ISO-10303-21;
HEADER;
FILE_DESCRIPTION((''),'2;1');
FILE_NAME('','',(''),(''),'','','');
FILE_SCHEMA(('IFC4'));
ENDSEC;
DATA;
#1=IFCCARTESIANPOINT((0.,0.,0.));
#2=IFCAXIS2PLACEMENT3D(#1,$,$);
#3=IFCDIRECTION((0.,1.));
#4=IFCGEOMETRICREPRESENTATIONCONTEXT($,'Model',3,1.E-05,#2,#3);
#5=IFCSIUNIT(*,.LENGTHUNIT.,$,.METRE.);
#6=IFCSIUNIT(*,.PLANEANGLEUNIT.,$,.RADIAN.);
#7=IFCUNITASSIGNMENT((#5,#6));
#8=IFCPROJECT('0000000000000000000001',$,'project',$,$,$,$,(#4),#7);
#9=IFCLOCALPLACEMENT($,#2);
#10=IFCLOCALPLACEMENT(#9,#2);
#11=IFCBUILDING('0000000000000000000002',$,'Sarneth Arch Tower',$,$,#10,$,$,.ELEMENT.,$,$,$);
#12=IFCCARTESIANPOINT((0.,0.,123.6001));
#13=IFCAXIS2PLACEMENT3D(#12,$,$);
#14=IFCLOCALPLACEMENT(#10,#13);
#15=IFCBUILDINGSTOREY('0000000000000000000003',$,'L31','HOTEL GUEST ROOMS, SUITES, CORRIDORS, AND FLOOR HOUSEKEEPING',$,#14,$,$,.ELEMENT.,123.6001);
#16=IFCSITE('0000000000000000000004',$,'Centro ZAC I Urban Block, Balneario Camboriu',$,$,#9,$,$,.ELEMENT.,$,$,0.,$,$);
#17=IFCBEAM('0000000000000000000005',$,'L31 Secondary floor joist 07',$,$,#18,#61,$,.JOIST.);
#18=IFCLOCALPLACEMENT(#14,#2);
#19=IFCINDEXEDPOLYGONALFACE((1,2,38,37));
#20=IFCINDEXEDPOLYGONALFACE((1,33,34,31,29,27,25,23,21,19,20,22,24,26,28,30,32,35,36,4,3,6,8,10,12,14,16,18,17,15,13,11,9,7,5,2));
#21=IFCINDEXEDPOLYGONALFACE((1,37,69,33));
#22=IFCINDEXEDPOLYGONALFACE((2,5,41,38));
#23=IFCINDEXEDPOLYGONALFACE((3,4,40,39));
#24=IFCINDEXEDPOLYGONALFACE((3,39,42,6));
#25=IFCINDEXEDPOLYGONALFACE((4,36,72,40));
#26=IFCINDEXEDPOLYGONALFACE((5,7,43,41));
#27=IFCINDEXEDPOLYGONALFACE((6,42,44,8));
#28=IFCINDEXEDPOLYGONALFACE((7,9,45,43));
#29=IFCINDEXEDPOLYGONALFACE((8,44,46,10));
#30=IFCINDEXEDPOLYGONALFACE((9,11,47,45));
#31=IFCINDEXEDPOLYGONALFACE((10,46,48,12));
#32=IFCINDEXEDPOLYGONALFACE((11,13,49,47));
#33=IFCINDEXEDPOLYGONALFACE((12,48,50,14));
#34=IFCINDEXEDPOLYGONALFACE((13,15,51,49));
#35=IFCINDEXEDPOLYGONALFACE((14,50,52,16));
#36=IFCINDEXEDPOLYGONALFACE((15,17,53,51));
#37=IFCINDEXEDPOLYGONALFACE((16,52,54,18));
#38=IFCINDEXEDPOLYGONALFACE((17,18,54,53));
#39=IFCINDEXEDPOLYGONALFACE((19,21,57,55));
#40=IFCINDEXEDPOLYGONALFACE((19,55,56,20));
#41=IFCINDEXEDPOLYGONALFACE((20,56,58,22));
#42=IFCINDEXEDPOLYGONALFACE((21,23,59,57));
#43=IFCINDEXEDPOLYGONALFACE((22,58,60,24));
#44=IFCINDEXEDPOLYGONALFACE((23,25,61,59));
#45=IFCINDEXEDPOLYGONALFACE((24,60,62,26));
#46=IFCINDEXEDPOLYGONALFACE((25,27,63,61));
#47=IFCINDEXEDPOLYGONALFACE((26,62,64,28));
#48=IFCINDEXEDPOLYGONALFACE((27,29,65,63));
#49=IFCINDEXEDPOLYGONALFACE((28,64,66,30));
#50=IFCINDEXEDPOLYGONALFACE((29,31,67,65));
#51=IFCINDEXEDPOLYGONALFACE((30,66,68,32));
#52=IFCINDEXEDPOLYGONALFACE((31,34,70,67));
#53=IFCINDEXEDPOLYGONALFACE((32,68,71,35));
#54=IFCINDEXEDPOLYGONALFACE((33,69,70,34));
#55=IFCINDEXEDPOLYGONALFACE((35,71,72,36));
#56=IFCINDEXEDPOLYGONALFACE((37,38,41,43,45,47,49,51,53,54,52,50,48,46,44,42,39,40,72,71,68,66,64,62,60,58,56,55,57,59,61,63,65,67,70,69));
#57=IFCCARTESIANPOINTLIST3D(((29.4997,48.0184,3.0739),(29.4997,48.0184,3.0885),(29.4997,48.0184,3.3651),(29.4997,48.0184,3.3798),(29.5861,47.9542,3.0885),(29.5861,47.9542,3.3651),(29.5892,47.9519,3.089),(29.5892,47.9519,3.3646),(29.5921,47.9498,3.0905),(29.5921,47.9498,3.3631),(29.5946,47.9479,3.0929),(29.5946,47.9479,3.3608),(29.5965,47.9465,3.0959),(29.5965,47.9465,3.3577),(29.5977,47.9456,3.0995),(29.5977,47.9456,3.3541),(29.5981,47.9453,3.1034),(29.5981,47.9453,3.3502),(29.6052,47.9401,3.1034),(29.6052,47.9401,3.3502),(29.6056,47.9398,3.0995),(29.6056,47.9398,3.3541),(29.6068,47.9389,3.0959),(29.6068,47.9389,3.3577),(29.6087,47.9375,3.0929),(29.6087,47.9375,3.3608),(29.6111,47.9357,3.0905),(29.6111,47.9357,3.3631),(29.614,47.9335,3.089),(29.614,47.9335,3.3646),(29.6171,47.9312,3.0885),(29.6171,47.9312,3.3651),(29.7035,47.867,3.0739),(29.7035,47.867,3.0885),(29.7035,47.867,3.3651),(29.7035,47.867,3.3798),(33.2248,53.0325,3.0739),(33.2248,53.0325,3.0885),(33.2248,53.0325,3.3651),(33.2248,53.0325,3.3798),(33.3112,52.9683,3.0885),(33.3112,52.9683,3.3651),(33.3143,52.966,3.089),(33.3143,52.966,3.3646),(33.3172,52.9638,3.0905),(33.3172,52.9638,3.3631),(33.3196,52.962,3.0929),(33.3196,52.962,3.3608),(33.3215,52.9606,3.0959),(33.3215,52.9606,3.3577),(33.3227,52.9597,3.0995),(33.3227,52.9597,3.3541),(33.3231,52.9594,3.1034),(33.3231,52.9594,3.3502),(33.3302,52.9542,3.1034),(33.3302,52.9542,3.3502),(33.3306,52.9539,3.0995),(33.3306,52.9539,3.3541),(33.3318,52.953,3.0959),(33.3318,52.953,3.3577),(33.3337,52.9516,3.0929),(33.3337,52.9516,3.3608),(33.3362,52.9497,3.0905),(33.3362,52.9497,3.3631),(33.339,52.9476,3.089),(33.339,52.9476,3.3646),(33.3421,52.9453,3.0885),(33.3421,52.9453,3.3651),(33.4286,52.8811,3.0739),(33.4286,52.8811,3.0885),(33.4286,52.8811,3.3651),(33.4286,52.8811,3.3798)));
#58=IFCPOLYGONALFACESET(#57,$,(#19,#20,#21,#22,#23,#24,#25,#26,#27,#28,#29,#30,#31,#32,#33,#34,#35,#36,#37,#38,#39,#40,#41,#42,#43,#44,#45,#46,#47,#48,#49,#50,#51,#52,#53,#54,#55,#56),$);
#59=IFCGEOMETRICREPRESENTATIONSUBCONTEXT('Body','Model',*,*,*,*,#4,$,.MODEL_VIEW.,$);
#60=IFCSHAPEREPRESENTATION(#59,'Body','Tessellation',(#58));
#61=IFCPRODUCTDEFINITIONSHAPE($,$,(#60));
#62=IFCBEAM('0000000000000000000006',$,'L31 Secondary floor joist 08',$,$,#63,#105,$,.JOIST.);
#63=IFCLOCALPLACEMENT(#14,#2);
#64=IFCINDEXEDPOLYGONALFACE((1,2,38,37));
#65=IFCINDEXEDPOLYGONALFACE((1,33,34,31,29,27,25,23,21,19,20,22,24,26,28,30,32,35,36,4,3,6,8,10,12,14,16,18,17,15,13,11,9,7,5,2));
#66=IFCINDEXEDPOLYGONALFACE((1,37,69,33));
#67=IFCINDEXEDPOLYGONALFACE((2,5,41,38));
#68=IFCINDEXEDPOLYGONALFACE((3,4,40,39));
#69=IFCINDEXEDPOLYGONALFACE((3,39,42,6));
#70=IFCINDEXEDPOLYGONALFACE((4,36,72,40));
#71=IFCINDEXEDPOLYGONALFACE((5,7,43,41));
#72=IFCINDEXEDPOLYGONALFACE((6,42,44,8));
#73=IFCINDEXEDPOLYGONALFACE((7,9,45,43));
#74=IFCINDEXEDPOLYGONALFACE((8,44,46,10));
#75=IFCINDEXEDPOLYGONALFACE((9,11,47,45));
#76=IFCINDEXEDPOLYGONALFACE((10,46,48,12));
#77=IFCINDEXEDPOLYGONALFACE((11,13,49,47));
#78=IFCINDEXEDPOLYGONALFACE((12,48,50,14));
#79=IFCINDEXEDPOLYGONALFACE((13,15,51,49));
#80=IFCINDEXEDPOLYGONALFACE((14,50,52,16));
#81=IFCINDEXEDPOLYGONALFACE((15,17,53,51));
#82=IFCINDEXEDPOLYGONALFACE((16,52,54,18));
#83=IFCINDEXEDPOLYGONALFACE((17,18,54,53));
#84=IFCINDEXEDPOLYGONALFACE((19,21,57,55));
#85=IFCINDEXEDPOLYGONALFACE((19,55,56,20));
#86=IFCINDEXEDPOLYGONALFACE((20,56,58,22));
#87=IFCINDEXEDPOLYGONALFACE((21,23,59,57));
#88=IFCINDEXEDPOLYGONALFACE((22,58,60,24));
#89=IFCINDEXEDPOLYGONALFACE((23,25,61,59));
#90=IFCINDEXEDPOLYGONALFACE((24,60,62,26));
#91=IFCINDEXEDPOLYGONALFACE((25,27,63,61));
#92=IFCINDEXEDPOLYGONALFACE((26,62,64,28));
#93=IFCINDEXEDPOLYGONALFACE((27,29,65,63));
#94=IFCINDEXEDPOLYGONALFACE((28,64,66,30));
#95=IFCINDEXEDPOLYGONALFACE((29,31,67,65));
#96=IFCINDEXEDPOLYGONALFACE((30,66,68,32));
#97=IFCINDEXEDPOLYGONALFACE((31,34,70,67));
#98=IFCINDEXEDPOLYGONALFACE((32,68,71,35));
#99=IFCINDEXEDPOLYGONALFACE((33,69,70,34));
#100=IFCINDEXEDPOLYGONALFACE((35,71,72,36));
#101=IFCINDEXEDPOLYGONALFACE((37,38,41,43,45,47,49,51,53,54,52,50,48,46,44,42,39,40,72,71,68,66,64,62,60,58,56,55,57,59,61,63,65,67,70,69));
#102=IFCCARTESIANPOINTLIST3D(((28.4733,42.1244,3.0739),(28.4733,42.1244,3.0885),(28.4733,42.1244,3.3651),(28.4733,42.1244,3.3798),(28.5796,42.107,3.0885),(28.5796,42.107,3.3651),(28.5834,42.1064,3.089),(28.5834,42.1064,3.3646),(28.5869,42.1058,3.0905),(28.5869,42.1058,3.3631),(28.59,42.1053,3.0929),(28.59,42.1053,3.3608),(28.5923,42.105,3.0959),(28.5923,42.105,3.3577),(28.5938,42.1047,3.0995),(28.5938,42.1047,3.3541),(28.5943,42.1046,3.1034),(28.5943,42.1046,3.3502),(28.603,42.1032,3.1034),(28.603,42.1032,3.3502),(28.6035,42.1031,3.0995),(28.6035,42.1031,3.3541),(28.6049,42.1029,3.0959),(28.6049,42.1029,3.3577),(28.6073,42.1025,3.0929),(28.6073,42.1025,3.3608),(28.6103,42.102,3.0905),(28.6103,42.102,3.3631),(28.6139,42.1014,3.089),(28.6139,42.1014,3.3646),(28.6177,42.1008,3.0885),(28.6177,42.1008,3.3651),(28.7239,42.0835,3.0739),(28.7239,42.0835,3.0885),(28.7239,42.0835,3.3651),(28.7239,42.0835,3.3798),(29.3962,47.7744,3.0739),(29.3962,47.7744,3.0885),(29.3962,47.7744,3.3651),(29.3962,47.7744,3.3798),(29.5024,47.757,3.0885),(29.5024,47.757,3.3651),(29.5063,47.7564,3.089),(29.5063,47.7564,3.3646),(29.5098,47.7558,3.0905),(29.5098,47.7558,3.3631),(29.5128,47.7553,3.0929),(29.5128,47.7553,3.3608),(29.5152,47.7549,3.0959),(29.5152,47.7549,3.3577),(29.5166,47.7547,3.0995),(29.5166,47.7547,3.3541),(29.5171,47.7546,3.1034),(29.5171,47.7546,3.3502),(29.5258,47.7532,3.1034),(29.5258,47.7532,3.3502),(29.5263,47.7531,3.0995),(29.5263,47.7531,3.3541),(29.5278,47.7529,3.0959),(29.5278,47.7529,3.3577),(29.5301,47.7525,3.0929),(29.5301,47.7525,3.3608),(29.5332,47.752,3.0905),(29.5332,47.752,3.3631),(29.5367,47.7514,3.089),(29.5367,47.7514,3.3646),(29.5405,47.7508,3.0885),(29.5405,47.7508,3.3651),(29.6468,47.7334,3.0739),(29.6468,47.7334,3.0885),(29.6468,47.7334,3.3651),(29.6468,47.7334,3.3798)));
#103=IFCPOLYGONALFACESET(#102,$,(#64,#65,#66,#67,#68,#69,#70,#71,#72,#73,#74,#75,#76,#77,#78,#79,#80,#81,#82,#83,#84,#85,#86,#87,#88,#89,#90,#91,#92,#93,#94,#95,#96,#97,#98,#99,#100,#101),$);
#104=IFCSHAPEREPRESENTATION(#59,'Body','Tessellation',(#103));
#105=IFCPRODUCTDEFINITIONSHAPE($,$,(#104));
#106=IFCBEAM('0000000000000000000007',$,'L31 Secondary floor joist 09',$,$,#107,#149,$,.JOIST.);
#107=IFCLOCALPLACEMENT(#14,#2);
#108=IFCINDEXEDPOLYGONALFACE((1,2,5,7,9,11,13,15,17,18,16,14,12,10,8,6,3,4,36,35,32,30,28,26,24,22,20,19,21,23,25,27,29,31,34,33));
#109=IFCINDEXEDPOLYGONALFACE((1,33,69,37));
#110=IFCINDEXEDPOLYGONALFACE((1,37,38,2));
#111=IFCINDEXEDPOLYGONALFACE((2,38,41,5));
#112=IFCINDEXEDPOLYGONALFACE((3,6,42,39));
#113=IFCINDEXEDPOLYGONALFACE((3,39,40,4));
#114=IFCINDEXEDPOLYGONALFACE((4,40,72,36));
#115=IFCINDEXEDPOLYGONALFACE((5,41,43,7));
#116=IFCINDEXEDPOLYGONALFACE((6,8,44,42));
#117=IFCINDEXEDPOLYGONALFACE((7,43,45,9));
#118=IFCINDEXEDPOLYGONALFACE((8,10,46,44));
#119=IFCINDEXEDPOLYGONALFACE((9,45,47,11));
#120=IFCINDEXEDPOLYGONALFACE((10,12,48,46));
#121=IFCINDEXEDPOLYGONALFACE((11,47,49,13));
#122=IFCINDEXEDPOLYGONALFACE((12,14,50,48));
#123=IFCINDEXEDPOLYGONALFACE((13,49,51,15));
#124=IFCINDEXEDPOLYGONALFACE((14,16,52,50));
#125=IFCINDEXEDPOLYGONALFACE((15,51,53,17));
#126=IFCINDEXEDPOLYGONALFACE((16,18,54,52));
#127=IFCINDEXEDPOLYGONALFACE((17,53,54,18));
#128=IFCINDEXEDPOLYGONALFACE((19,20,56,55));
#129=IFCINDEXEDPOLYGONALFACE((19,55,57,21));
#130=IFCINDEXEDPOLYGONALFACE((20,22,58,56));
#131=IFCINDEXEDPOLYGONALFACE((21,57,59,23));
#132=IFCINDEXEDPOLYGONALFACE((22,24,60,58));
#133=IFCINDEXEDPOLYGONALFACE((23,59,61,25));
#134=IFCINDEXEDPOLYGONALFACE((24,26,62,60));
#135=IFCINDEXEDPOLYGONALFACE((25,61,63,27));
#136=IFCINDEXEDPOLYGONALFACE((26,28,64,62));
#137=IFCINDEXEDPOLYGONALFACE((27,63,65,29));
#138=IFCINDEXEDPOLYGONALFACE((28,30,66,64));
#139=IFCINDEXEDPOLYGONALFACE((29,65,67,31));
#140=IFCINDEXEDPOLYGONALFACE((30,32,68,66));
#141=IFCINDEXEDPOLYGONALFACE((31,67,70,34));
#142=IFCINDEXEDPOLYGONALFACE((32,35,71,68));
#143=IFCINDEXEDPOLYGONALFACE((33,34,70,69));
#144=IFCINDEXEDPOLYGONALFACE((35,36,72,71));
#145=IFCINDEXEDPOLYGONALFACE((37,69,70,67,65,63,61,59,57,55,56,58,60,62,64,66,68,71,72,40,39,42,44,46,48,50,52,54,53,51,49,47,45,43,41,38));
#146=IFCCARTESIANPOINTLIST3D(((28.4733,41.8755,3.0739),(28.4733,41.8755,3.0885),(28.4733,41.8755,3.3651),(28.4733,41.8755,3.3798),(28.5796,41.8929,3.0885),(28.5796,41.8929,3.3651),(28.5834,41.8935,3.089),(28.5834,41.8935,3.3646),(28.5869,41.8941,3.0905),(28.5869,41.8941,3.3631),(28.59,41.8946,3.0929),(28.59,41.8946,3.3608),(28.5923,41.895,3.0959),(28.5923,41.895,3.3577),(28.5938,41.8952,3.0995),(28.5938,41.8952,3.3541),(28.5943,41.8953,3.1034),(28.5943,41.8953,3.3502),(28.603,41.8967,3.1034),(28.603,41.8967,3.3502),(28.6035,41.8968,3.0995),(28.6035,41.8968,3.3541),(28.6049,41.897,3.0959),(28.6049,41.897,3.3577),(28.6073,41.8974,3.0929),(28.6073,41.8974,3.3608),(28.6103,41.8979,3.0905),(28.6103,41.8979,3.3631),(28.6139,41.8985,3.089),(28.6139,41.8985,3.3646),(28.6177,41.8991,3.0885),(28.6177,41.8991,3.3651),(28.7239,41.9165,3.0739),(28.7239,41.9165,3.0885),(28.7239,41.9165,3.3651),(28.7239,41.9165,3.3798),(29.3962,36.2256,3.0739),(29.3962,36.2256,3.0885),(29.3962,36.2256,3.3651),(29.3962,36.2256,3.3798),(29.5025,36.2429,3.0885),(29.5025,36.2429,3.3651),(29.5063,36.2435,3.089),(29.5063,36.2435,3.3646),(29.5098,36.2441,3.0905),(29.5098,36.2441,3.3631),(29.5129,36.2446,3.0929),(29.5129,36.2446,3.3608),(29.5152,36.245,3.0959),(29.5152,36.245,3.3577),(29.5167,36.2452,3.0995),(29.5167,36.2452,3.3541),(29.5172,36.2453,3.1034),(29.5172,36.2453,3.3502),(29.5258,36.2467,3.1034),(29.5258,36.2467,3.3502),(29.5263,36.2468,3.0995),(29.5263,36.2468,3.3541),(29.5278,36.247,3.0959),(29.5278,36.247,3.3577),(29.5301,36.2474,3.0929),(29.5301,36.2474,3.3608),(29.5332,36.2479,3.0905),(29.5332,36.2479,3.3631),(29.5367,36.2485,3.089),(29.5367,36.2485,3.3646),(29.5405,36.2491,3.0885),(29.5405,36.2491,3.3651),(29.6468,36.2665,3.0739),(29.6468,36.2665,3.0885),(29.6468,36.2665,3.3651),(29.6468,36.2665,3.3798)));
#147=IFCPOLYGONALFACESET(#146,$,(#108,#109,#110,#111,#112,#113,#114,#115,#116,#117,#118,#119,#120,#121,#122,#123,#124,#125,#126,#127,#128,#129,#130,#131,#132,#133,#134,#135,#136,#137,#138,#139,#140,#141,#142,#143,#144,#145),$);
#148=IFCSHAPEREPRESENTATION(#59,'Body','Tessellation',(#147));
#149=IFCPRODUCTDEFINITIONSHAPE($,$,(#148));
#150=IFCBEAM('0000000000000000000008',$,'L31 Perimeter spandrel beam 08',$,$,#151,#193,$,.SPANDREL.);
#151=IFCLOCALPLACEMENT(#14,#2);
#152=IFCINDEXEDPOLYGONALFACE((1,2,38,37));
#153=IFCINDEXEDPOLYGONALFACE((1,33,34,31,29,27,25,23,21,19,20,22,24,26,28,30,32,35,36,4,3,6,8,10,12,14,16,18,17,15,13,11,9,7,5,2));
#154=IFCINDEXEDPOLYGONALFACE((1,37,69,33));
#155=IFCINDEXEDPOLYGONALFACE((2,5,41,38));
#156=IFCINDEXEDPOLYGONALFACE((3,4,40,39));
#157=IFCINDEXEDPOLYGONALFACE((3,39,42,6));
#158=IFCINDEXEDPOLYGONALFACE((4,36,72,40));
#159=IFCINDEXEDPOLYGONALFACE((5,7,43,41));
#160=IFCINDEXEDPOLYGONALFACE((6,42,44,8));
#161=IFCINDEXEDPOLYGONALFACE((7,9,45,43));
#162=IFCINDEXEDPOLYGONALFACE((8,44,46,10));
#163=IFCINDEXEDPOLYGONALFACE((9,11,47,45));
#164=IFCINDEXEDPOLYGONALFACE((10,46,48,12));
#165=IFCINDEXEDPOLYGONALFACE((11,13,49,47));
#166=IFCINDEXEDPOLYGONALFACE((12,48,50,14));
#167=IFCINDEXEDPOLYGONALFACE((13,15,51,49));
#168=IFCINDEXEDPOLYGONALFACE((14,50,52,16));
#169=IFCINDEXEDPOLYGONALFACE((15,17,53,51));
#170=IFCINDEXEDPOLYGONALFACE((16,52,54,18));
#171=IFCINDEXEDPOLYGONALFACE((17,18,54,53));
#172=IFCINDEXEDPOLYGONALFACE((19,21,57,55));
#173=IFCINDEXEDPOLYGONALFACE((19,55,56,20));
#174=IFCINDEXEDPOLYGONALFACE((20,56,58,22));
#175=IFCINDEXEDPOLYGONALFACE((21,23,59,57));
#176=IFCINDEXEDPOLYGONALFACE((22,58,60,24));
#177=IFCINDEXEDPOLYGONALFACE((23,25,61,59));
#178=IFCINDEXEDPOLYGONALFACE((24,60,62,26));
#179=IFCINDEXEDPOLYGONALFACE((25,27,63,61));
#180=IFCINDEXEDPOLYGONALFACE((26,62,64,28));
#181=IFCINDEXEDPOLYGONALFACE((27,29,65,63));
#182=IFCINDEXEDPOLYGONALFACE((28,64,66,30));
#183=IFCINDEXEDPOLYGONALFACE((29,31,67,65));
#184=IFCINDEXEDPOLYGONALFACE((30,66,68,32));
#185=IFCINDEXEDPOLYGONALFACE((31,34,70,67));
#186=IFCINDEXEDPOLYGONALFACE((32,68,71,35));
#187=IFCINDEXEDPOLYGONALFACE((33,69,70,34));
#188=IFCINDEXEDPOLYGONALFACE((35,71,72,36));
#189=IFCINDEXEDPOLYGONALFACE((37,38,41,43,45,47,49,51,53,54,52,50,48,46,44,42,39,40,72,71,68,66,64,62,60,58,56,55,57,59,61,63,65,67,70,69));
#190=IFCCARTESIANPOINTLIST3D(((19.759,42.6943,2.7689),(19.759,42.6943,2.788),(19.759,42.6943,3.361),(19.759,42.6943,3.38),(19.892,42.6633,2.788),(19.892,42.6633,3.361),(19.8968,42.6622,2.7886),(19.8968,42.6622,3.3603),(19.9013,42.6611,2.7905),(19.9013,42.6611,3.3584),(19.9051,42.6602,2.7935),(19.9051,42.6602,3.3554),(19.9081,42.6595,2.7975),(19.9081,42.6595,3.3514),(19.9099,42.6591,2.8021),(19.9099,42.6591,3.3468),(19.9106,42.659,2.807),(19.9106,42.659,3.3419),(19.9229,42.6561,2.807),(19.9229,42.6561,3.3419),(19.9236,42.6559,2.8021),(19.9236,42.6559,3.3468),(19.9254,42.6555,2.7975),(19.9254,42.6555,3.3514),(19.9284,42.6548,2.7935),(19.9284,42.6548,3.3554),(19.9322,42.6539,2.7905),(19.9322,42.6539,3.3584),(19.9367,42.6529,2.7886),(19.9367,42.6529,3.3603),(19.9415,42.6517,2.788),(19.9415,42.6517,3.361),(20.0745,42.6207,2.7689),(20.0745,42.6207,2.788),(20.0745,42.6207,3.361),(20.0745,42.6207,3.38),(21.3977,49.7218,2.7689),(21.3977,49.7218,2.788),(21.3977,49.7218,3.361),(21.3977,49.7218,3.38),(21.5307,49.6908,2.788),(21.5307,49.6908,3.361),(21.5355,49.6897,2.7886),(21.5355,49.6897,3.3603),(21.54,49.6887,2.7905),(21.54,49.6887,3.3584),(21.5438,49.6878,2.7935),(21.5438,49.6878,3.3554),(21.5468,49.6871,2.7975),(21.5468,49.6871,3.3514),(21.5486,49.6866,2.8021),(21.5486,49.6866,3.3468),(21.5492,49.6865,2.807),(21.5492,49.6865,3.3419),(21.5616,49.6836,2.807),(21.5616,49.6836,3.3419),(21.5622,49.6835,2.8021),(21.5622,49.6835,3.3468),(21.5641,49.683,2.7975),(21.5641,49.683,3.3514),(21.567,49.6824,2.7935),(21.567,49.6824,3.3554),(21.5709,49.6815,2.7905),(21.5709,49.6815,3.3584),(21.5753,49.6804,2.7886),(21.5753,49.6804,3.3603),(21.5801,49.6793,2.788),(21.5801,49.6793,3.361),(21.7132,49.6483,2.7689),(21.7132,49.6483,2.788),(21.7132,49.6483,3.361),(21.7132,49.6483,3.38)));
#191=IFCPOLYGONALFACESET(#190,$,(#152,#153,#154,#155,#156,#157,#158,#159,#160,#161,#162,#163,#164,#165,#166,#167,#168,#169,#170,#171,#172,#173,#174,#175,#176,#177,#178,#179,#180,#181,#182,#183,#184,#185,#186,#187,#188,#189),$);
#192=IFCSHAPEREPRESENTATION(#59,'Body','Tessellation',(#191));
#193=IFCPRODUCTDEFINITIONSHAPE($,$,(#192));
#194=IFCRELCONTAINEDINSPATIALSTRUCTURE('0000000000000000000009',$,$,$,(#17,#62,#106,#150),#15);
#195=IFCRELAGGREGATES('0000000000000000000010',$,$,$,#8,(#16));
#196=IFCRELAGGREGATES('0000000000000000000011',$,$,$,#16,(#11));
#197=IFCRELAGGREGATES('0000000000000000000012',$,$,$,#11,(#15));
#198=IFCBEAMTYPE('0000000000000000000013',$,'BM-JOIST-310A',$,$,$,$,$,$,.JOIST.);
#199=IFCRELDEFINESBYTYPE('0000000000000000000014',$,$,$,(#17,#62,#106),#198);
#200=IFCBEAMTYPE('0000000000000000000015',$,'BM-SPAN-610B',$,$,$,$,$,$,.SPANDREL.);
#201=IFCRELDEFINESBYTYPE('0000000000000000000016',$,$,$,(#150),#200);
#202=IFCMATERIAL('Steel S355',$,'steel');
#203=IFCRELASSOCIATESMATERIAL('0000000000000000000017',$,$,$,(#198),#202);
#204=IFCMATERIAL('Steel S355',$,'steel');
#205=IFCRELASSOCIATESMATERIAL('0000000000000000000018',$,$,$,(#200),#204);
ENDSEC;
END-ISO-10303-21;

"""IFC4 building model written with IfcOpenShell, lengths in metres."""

from ifc_helpers import new_model, si_unit, direction, frame, origin, origin_2d, place, context, subcontext, project, spatial, i_section, extrude, material, material_profile, profile_set, type_object, element, save


model = new_model("IFC4")

# Units and contexts
model_context = context("Model", 3, precision=1e-05, world=origin(), true_north=direction((0.0, 1.0)))
body_context = subcontext(model_context, "Body", "Model", "MODEL_VIEW")
ifc_project = project(units=[si_unit("LENGTHUNIT", "METRE"), si_unit("PLANEANGLEUNIT", "RADIAN")], contexts=[model_context])

# Site, building, storey
site_placement = place(None, origin())
site = spatial("IfcSite", under=ifc_project, at=site_placement, Name="Centro ZAC I Urban Block, Balneario Camboriu", CompositionType="ELEMENT", RefElevation=0.0)
building_placement = place(site_placement, origin())
building = spatial("IfcBuilding", under=site, at=building_placement, Name="Sarneth Arch Tower", CompositionType="ELEMENT")
storey_placement = place(building_placement, frame((0.0, 0.0, 123.6001)))
storey = spatial("IfcBuildingStorey", under=building, at=storey_placement, Name="L31", Description="HOTEL GUEST ROOMS, SUITES, CORRIDORS, AND FLOOR HOUSEKEEPING", CompositionType="ELEMENT", Elevation=123.6001)

# Beams
ifc_material_1 = material(Name="Steel S355", Category="steel")
ifc_material_profile_1 = material_profile(ifc_material_1, i_section(OverallWidth=0.2539, OverallDepth=0.3059, WebThickness=0.0088, FlangeThickness=0.0146, FilletRadius=0.0149, at=origin_2d()), Name="W310x79")
ifc_profile_set_1 = profile_set([ifc_material_profile_1], Name="Steel S355")
beam_type_1 = type_object("IfcBeamType", Name="BM-JOIST-310A", PredefinedType="JOIST", material=ifc_profile_set_1)
beam_1_placement = place(storey_placement, frame((33.3267, 52.9568, 3.2268), z_axis=(-0.596354, -0.802721, 0.0), x_axis=(0.802721, -0.596354, 0.0)))
element("IfcBeam", 1, at=beam_1_placement, inside=storey, type_object=beam_type_1, Name="L31 Secondary floor joist 07", PredefinedType="JOIST", context=body_context, shape_type="SweptSolid", body=[
    extrude(i_section(OverallWidth=0.2539, OverallDepth=0.3059, WebThickness=0.0088, FlangeThickness=0.0146, FilletRadius=0.0149, at=origin_2d()), origin(), (0.0, 0.0, 1.0), 6.2463),
])
for number, where, z_axis, x_axis, name in (
    (2, (29.5215, 47.7539, 3.2268), (-0.161203, -0.986921, 0.0), (0.986921, -0.161203, 0.0), "L31 Secondary floor joist 08"),
    (3, (28.5986, 41.896, 3.2268), (0.161203, -0.986921, 0.0), (0.986921, 0.161203, 0.0), "L31 Secondary floor joist 09"),
):
    element("IfcBeam", number, at=place(storey_placement, frame(where, z_axis=z_axis, x_axis=x_axis)), inside=storey, type_object=beam_type_1, Name=name, PredefinedType="JOIST", context=body_context, shape_type="SweptSolid", body=[
        extrude(i_section(OverallWidth=0.2539, OverallDepth=0.3059, WebThickness=0.0088, FlangeThickness=0.0146, FilletRadius=0.0149, at=origin_2d()), origin(), (0.0, 0.0, 1.0), 5.7249),
    ])
ifc_material_2 = material(Name="Steel S355", Category="steel")
ifc_material_profile_2 = material_profile(ifc_material_2, i_section(OverallWidth=0.324, OverallDepth=0.6111, WebThickness=0.0127, FlangeThickness=0.019, FilletRadius=0.019, at=origin_2d()), Name="W610x155")
ifc_profile_set_2 = profile_set([ifc_material_profile_2], Name="Steel S355")
beam_type_2 = type_object("IfcBeamType", Name="BM-SPAN-610B", PredefinedType="SPANDREL", material=ifc_profile_set_2)
beam_2_placement = place(storey_placement, frame((21.5554, 49.6851, 3.0745), z_axis=(-0.227085, -0.973875, 0.0), x_axis=(0.973875, -0.227085, 0.0)))
element("IfcBeam", 4, at=beam_2_placement, inside=storey, type_object=beam_type_2, Name="L31 Perimeter spandrel beam 08", PredefinedType="SPANDREL", context=body_context, shape_type="SweptSolid", body=[
    extrude(i_section(OverallWidth=0.324, OverallDepth=0.6111, WebThickness=0.0127, FlangeThickness=0.019, FilletRadius=0.019, at=origin_2d()), origin(), (0.0, 0.0, 1.0), 7.2161),
])

save(model, "model.ifc")
